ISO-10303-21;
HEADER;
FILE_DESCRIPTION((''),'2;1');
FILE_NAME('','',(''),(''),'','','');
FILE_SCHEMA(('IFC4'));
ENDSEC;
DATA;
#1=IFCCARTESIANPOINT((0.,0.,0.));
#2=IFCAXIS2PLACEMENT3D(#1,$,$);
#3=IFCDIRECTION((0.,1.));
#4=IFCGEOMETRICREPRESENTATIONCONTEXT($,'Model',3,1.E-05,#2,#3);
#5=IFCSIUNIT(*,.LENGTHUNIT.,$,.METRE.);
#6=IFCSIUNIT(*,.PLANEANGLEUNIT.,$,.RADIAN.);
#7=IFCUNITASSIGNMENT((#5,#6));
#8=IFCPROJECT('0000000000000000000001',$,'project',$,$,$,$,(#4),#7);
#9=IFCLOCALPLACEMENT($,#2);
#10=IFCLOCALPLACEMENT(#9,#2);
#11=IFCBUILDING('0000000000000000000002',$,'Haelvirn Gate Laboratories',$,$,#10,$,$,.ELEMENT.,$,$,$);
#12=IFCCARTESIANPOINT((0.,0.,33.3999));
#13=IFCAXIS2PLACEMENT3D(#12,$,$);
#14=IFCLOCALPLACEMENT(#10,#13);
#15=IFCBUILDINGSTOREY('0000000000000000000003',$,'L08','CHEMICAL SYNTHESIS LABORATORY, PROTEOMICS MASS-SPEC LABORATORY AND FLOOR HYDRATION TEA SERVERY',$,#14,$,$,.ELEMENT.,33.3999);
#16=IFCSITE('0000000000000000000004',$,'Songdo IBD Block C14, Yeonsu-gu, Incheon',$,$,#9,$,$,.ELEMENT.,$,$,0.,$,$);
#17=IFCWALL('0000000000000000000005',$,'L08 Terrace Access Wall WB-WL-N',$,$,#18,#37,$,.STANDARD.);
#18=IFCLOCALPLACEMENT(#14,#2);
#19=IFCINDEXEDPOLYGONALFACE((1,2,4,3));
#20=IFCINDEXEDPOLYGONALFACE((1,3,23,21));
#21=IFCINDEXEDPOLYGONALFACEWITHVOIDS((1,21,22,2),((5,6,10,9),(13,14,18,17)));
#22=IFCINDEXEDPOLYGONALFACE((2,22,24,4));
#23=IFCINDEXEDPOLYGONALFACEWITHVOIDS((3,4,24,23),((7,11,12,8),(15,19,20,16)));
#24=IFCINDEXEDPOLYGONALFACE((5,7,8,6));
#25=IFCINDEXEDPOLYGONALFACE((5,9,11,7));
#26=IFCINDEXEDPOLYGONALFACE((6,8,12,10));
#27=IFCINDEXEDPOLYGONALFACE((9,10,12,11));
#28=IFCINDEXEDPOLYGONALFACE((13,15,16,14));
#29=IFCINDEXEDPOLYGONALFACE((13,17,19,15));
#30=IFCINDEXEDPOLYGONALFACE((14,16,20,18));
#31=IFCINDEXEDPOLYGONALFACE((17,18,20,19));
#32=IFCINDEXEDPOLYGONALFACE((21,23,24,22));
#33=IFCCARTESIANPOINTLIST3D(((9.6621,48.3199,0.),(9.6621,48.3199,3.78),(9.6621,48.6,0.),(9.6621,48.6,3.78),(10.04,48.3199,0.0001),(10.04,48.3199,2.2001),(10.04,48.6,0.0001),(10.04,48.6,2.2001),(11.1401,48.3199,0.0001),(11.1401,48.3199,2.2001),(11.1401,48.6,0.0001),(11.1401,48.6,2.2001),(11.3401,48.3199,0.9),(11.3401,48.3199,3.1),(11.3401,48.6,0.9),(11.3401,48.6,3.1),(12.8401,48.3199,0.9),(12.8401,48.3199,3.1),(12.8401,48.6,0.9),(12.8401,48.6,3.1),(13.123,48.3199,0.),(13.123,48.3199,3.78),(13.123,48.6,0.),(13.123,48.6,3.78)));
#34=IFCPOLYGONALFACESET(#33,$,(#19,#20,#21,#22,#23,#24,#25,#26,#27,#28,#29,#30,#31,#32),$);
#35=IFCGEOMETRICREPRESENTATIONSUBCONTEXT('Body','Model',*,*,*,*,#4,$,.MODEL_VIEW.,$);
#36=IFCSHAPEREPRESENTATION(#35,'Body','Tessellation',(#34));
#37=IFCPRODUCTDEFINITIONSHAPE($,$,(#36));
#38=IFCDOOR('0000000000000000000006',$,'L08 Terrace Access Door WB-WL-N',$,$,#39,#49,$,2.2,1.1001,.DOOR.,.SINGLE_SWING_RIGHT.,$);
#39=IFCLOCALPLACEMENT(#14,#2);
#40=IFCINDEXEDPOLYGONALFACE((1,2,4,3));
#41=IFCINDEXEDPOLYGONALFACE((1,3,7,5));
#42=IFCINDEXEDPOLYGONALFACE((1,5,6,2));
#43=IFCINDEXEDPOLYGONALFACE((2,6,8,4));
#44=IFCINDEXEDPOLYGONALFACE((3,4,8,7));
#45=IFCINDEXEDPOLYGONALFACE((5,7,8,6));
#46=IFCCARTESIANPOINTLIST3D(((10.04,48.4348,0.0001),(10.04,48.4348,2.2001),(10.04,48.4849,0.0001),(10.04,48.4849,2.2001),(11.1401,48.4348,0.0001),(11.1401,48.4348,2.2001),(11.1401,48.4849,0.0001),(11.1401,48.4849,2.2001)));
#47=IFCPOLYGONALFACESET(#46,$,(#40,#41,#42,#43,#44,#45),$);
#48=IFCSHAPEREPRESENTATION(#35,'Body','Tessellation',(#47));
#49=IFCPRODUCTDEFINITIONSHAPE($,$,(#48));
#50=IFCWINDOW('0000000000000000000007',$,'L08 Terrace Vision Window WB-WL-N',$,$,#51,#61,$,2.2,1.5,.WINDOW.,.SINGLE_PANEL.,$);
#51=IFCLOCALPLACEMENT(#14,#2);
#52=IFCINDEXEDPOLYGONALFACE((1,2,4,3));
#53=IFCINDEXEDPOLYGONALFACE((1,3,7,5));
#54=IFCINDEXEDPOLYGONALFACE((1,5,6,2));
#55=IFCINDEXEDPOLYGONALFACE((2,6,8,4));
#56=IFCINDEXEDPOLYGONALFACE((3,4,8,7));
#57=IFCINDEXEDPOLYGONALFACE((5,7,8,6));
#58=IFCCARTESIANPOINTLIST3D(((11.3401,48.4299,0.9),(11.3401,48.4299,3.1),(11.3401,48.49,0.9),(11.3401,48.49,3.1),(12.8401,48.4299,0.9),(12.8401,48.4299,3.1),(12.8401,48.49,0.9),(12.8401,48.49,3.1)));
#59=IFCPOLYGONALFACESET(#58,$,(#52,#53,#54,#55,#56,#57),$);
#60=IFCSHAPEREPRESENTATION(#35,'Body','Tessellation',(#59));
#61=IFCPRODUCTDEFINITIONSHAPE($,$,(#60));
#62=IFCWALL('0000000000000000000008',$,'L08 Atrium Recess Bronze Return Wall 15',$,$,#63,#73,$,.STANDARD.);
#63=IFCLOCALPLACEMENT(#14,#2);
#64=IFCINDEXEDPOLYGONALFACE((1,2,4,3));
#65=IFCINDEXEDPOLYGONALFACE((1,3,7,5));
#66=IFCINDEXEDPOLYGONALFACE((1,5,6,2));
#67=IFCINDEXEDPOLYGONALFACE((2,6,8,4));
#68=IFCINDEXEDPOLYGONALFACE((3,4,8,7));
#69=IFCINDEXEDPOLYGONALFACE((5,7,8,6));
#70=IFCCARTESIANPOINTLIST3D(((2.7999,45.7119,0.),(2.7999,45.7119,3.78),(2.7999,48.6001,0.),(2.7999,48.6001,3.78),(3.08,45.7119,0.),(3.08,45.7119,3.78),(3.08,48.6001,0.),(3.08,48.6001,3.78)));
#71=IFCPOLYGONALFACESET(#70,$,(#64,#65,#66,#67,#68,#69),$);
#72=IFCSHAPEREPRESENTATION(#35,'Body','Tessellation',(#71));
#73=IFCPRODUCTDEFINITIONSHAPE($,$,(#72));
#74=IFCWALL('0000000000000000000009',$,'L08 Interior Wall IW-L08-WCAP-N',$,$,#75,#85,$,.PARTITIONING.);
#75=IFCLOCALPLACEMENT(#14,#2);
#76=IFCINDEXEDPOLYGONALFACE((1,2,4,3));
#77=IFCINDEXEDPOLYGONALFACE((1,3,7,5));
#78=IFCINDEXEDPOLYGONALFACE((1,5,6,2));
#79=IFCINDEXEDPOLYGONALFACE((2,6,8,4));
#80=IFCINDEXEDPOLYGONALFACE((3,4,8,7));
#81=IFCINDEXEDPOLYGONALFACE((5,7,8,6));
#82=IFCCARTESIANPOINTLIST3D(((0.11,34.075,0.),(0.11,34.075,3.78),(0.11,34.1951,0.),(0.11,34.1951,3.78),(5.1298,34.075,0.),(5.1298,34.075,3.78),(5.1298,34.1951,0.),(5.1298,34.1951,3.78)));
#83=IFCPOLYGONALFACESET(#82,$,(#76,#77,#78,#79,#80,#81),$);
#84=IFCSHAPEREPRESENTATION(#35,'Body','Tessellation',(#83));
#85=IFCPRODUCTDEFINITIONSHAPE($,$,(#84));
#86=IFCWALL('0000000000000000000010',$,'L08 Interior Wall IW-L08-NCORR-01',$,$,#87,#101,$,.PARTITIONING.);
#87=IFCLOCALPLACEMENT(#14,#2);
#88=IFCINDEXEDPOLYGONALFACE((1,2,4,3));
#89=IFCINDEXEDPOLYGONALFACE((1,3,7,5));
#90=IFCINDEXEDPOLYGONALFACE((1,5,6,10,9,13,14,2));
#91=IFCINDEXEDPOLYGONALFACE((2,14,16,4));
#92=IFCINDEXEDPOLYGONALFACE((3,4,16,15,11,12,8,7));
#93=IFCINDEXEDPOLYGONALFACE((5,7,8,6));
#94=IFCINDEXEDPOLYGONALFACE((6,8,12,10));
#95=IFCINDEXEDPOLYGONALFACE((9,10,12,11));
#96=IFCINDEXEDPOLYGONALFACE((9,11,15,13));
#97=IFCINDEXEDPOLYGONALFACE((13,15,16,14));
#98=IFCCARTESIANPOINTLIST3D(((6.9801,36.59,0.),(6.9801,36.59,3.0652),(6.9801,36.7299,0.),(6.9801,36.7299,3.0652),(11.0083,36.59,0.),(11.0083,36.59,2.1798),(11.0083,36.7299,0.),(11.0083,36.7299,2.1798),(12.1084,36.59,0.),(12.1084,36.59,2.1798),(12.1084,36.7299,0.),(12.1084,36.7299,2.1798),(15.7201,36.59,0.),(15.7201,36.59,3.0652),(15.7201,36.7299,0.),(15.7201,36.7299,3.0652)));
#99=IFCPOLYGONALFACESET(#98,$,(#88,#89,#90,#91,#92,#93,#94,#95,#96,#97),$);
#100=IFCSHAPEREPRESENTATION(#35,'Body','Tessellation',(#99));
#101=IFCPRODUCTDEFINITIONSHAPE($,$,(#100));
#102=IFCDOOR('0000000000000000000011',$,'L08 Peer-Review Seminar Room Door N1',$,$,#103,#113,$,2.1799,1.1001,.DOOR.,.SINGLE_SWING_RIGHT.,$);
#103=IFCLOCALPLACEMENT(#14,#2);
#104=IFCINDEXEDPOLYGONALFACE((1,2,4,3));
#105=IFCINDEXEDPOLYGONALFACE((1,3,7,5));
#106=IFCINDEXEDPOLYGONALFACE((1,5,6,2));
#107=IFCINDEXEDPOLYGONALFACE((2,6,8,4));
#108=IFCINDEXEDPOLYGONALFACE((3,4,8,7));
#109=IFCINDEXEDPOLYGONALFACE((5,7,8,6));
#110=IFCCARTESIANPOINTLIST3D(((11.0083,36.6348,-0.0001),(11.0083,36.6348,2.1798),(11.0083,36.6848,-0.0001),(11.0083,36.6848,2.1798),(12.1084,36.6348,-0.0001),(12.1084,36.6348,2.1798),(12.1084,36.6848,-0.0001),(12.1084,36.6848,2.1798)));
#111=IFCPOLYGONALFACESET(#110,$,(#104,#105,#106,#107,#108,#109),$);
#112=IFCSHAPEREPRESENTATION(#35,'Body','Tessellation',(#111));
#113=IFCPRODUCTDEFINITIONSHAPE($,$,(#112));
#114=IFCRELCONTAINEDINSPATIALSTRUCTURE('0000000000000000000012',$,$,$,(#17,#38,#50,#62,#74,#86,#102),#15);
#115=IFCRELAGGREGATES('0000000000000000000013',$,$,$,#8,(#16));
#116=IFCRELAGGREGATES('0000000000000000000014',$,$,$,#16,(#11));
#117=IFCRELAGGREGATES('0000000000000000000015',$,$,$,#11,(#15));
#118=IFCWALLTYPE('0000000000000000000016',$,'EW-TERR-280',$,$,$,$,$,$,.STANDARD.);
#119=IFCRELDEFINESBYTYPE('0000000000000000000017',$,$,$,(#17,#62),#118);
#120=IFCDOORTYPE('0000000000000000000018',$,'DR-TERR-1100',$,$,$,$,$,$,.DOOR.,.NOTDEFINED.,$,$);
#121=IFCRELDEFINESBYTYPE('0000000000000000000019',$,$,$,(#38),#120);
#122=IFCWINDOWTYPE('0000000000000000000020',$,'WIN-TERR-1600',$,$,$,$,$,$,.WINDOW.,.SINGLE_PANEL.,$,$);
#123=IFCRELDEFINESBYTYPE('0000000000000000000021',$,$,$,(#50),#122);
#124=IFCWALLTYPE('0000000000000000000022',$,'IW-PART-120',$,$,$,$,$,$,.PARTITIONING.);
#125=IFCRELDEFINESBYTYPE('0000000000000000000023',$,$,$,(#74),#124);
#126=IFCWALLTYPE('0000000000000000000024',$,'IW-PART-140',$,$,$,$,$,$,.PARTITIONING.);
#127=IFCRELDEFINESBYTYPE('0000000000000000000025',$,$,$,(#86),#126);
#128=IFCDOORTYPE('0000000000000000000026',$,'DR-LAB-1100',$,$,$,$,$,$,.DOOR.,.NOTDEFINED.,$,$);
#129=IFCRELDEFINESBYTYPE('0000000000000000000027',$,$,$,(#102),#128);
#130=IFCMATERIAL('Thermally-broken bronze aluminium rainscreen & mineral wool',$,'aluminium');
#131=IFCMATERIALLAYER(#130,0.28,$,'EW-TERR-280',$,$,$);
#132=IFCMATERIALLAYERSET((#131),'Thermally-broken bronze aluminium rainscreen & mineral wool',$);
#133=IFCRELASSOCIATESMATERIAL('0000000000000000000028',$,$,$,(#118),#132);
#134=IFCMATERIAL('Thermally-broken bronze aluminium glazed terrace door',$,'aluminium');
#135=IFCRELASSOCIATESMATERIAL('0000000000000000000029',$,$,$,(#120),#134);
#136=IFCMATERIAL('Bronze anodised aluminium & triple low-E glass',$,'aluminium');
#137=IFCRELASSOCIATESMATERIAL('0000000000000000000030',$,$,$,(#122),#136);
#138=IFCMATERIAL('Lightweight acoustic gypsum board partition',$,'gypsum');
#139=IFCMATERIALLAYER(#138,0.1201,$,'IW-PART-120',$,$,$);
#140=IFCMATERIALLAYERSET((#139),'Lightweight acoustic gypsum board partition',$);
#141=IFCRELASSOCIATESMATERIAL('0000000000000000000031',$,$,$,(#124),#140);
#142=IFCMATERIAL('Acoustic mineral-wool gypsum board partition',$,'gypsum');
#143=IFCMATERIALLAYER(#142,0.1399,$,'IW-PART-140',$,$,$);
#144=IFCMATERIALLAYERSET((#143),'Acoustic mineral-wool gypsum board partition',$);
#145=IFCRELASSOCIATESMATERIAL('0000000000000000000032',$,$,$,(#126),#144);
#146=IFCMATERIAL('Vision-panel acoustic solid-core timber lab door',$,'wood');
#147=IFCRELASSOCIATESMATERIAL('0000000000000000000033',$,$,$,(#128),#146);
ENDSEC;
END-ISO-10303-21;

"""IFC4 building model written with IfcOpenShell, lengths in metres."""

from ifc_helpers import new_model, si_unit, direction, frame, frame_2d, origin, place, context, subcontext, project, spatial, rectangle, extrude, source, transform, mapped, material, layer, layer_set, type_object, type_shapes, element, fill, save


model = new_model("IFC4")

# Units and contexts
model_context = context("Model", 3, precision=1e-05, world=origin(), true_north=direction((0.0, 1.0)))
body_context = subcontext(model_context, "Body", "Model", "MODEL_VIEW")
ifc_project = project(units=[si_unit("LENGTHUNIT", "METRE"), si_unit("PLANEANGLEUNIT", "RADIAN")], contexts=[model_context])

# Site, building, storey
site_placement = place(None, origin())
site = spatial("IfcSite", under=ifc_project, at=site_placement, Name="Songdo IBD Block C14, Yeonsu-gu, Incheon", CompositionType="ELEMENT", RefElevation=0.0)
building_placement = place(site_placement, origin())
building = spatial("IfcBuilding", under=site, at=building_placement, Name="Haelvirn Gate Laboratories", CompositionType="ELEMENT")
storey_placement = place(building_placement, frame((0.0, 0.0, 33.3999)))
storey = spatial("IfcBuildingStorey", under=building, at=storey_placement, Name="L08", Description="CHEMICAL SYNTHESIS LABORATORY, PROTEOMICS MASS-SPEC LABORATORY AND FLOOR HYDRATION TEA SERVERY", CompositionType="ELEMENT", Elevation=33.3999)

# Wall, openings, door, window
ifc_material_1 = material(Name="Thermally-broken bronze aluminium rainscreen & mineral wool", Category="aluminium")
ifc_layer_1 = layer(ifc_material_1, 0.28, Name="EW-TERR-280")
ifc_layer_set_1 = layer_set([ifc_layer_1], Name="Thermally-broken bronze aluminium rainscreen & mineral wool")
wall_type_1 = type_object("IfcWallType", Name="EW-TERR-280", PredefinedType="STANDARD", material=ifc_layer_set_1)
wall_1_placement = place(storey_placement, frame((9.6621, 48.46, 0.0), z_axis=(0.0, 0.0, 1.0), x_axis=(1.0, 0.0, 0.0)))
wall_1 = element("IfcWall", 1, at=wall_1_placement, inside=storey, type_object=wall_type_1, Name="L08 Terrace Access Wall WB-WL-N", PredefinedType="STANDARD", context=body_context, shape_type="SweptSolid", body=[
    extrude(rectangle(XDim=3.4609, YDim=0.28, at=frame_2d((1.7305, 0.0))), origin(), (0.0, 0.0, 1.0), 3.78),
])
opening_1_placement = place(wall_1_placement, frame((0.3779, 0.0, 0.0)))
opening_1 = element("IfcOpeningElement", 2, at=opening_1_placement, cuts=wall_1, PredefinedType="OPENING", context=body_context, shape_type="SweptSolid", body=[
    extrude(rectangle(XDim=1.1001, YDim=2.2, at=frame_2d((0.55, 1.1001))), frame((0.0, 0.1499, 0.0), z_axis=(0.0, -1.0, 0.0), x_axis=(1.0, 0.0, 0.0)), (0.0, 0.0, 1.0), 0.3),
])
opening_2_placement = place(wall_1_placement, frame((1.678, 0.0, 0.8999)))
opening_2 = element("IfcOpeningElement", 3, at=opening_2_placement, cuts=wall_1, PredefinedType="OPENING", context=body_context, shape_type="SweptSolid", body=[
    extrude(rectangle(XDim=1.5, YDim=2.2, at=frame_2d((0.75, 1.1001))), frame((0.0, 0.1499, 0.0), z_axis=(0.0, -1.0, 0.0), x_axis=(1.0, 0.0, 0.0)), (0.0, 0.0, 1.0), 0.3),
])
ifc_material_2 = material(Name="Thermally-broken bronze aluminium glazed terrace door", Category="aluminium")
door_type_1 = type_object("IfcDoorType", Name="DR-TERR-1100", OperationType="NOTDEFINED", PredefinedType="DOOR", material=ifc_material_2)
shared_shape_1 = source(origin(), body_context, "Body", "SweptSolid", [
    extrude(rectangle(XDim=1.1001, YDim=2.2, at=frame_2d((0.55, 1.1001))), frame((0.0, 0.0249, 0.0), z_axis=(0.0, -1.0, 0.0), x_axis=(1.0, 0.0, 0.0)), (0.0, 0.0, 1.0), 0.05),
])
type_shapes(door_type_1, [shared_shape_1])
door_1_placement = place(opening_1_placement, origin())
door_1 = element("IfcDoor", 4, at=door_1_placement, inside=storey, type_object=door_type_1, Name="L08 Terrace Access Door WB-WL-N", OperationType="SINGLE_SWING_RIGHT", OverallHeight=2.2, OverallWidth=1.1001, PredefinedType="DOOR", context=body_context, shape_type="MappedRepresentation", body=[
    mapped(shared_shape_1, transform((0.0, 0.0, 0.0), scale=1.0)),
])
fill(opening_1, door_1)
ifc_material_3 = material(Name="Bronze anodised aluminium & triple low-E glass", Category="aluminium")
window_type = type_object("IfcWindowType", Name="WIN-TERR-1600", PartitioningType="SINGLE_PANEL", PredefinedType="WINDOW", material=ifc_material_3)
shared_shape_2 = source(origin(), body_context, "Body", "SweptSolid", [
    extrude(rectangle(XDim=1.5, YDim=2.2, at=frame_2d((0.75, 1.1001))), frame((0.0, 0.03, 0.0), z_axis=(0.0, -1.0, 0.0), x_axis=(1.0, 0.0, 0.0)), (0.0, 0.0, 1.0), 0.0601),
])
type_shapes(window_type, [shared_shape_2])
window_placement = place(opening_2_placement, origin())
window = element("IfcWindow", 5, at=window_placement, inside=storey, type_object=window_type, Name="L08 Terrace Vision Window WB-WL-N", OverallHeight=2.2, OverallWidth=1.5, PartitioningType="SINGLE_PANEL", PredefinedType="WINDOW", context=body_context, shape_type="MappedRepresentation", body=[
    mapped(shared_shape_2, transform((0.0, 0.0, 0.0), scale=1.0)),
])
fill(opening_2, window)

# Walls
wall_2_placement = place(storey_placement, frame((2.9399, 48.6001, 0.0), z_axis=(0.0, 0.0, 1.0), x_axis=(0.0, -1.0, 0.0)))
element("IfcWall", 6, at=wall_2_placement, inside=storey, type_object=wall_type_1, Name="L08 Atrium Recess Bronze Return Wall 15", PredefinedType="STANDARD", context=body_context, shape_type="SweptSolid", body=[
    extrude(rectangle(XDim=2.8882, YDim=0.28, at=frame_2d((1.4441, 0.0))), origin(), (0.0, 0.0, 1.0), 3.78),
])
ifc_material_4 = material(Name="Lightweight acoustic gypsum board partition", Category="gypsum")
ifc_layer_2 = layer(ifc_material_4, 0.1201, Name="IW-PART-120")
ifc_layer_set_2 = layer_set([ifc_layer_2], Name="Lightweight acoustic gypsum board partition")
wall_type_2 = type_object("IfcWallType", Name="IW-PART-120", PredefinedType="PARTITIONING", material=ifc_layer_set_2)
wall_3_placement = place(storey_placement, frame((0.1101, 34.135, 0.0), z_axis=(0.0, 0.0, 1.0), x_axis=(1.0, 0.0, 0.0)))
element("IfcWall", 7, at=wall_3_placement, inside=storey, type_object=wall_type_2, Name="L08 Interior Wall IW-L08-WCAP-N", PredefinedType="PARTITIONING", context=body_context, shape_type="SweptSolid", body=[
    extrude(rectangle(XDim=5.0198, YDim=0.1201, at=frame_2d((2.5098, 0.0))), origin(), (0.0, 0.0, 1.0), 3.78),
])

# Wall, opening, door
ifc_material_5 = material(Name="Acoustic mineral-wool gypsum board partition", Category="gypsum")
ifc_layer_3 = layer(ifc_material_5, 0.1399, Name="IW-PART-140")
ifc_layer_set_3 = layer_set([ifc_layer_3], Name="Acoustic mineral-wool gypsum board partition")
wall_type_3 = type_object("IfcWallType", Name="IW-PART-140", PredefinedType="PARTITIONING", material=ifc_layer_set_3)
wall_4_placement = place(storey_placement, frame((6.98, 36.6599, 0.0), z_axis=(0.0, 0.0, 1.0), x_axis=(1.0, 0.0, 0.0)))
wall_4 = element("IfcWall", 8, at=wall_4_placement, inside=storey, type_object=wall_type_3, Name="L08 Interior Wall IW-L08-NCORR-01", PredefinedType="PARTITIONING", context=body_context, shape_type="SweptSolid", body=[
    extrude(rectangle(XDim=8.74, YDim=0.1399, at=frame_2d((4.3701, 0.0))), origin(), (0.0, 0.0, 1.0), 3.0652),
])
opening_3_placement = place(wall_4_placement, frame((4.0283, 0.0, 0.0)))
opening_3 = element("IfcOpeningElement", 9, at=opening_3_placement, cuts=wall_4, PredefinedType="OPENING", context=body_context, shape_type="SweptSolid", body=[
    extrude(rectangle(XDim=1.1001, YDim=2.1799, at=frame_2d((0.55, 1.0898))), frame((0.0, 0.0801, 0.0), z_axis=(0.0, -1.0, 0.0), x_axis=(1.0, 0.0, 0.0)), (0.0, 0.0, 1.0), 0.1599),
])
ifc_material_6 = material(Name="Vision-panel acoustic solid-core timber lab door", Category="wood")
door_type_2 = type_object("IfcDoorType", Name="DR-LAB-1100", OperationType="NOTDEFINED", PredefinedType="DOOR", material=ifc_material_6)
shared_shape_3 = source(origin(), body_context, "Body", "SweptSolid", [
    extrude(rectangle(XDim=1.1001, YDim=2.1799, at=frame_2d((0.55, 1.0898))), frame((0.0, 0.0249, 0.0), z_axis=(0.0, -1.0, 0.0), x_axis=(1.0, 0.0, 0.0)), (0.0, 0.0, 1.0), 0.05),
])
type_shapes(door_type_2, [shared_shape_3])
door_2_placement = place(opening_3_placement, origin())
door_2 = element("IfcDoor", 10, at=door_2_placement, inside=storey, type_object=door_type_2, Name="L08 Peer-Review Seminar Room Door N1", OperationType="SINGLE_SWING_RIGHT", OverallHeight=2.1799, OverallWidth=1.1001, PredefinedType="DOOR", context=body_context, shape_type="MappedRepresentation", body=[
    mapped(shared_shape_3, transform((0.0, 0.0, 0.0), scale=1.0)),
])
fill(opening_3, door_2)

save(model, "model.ifc")
